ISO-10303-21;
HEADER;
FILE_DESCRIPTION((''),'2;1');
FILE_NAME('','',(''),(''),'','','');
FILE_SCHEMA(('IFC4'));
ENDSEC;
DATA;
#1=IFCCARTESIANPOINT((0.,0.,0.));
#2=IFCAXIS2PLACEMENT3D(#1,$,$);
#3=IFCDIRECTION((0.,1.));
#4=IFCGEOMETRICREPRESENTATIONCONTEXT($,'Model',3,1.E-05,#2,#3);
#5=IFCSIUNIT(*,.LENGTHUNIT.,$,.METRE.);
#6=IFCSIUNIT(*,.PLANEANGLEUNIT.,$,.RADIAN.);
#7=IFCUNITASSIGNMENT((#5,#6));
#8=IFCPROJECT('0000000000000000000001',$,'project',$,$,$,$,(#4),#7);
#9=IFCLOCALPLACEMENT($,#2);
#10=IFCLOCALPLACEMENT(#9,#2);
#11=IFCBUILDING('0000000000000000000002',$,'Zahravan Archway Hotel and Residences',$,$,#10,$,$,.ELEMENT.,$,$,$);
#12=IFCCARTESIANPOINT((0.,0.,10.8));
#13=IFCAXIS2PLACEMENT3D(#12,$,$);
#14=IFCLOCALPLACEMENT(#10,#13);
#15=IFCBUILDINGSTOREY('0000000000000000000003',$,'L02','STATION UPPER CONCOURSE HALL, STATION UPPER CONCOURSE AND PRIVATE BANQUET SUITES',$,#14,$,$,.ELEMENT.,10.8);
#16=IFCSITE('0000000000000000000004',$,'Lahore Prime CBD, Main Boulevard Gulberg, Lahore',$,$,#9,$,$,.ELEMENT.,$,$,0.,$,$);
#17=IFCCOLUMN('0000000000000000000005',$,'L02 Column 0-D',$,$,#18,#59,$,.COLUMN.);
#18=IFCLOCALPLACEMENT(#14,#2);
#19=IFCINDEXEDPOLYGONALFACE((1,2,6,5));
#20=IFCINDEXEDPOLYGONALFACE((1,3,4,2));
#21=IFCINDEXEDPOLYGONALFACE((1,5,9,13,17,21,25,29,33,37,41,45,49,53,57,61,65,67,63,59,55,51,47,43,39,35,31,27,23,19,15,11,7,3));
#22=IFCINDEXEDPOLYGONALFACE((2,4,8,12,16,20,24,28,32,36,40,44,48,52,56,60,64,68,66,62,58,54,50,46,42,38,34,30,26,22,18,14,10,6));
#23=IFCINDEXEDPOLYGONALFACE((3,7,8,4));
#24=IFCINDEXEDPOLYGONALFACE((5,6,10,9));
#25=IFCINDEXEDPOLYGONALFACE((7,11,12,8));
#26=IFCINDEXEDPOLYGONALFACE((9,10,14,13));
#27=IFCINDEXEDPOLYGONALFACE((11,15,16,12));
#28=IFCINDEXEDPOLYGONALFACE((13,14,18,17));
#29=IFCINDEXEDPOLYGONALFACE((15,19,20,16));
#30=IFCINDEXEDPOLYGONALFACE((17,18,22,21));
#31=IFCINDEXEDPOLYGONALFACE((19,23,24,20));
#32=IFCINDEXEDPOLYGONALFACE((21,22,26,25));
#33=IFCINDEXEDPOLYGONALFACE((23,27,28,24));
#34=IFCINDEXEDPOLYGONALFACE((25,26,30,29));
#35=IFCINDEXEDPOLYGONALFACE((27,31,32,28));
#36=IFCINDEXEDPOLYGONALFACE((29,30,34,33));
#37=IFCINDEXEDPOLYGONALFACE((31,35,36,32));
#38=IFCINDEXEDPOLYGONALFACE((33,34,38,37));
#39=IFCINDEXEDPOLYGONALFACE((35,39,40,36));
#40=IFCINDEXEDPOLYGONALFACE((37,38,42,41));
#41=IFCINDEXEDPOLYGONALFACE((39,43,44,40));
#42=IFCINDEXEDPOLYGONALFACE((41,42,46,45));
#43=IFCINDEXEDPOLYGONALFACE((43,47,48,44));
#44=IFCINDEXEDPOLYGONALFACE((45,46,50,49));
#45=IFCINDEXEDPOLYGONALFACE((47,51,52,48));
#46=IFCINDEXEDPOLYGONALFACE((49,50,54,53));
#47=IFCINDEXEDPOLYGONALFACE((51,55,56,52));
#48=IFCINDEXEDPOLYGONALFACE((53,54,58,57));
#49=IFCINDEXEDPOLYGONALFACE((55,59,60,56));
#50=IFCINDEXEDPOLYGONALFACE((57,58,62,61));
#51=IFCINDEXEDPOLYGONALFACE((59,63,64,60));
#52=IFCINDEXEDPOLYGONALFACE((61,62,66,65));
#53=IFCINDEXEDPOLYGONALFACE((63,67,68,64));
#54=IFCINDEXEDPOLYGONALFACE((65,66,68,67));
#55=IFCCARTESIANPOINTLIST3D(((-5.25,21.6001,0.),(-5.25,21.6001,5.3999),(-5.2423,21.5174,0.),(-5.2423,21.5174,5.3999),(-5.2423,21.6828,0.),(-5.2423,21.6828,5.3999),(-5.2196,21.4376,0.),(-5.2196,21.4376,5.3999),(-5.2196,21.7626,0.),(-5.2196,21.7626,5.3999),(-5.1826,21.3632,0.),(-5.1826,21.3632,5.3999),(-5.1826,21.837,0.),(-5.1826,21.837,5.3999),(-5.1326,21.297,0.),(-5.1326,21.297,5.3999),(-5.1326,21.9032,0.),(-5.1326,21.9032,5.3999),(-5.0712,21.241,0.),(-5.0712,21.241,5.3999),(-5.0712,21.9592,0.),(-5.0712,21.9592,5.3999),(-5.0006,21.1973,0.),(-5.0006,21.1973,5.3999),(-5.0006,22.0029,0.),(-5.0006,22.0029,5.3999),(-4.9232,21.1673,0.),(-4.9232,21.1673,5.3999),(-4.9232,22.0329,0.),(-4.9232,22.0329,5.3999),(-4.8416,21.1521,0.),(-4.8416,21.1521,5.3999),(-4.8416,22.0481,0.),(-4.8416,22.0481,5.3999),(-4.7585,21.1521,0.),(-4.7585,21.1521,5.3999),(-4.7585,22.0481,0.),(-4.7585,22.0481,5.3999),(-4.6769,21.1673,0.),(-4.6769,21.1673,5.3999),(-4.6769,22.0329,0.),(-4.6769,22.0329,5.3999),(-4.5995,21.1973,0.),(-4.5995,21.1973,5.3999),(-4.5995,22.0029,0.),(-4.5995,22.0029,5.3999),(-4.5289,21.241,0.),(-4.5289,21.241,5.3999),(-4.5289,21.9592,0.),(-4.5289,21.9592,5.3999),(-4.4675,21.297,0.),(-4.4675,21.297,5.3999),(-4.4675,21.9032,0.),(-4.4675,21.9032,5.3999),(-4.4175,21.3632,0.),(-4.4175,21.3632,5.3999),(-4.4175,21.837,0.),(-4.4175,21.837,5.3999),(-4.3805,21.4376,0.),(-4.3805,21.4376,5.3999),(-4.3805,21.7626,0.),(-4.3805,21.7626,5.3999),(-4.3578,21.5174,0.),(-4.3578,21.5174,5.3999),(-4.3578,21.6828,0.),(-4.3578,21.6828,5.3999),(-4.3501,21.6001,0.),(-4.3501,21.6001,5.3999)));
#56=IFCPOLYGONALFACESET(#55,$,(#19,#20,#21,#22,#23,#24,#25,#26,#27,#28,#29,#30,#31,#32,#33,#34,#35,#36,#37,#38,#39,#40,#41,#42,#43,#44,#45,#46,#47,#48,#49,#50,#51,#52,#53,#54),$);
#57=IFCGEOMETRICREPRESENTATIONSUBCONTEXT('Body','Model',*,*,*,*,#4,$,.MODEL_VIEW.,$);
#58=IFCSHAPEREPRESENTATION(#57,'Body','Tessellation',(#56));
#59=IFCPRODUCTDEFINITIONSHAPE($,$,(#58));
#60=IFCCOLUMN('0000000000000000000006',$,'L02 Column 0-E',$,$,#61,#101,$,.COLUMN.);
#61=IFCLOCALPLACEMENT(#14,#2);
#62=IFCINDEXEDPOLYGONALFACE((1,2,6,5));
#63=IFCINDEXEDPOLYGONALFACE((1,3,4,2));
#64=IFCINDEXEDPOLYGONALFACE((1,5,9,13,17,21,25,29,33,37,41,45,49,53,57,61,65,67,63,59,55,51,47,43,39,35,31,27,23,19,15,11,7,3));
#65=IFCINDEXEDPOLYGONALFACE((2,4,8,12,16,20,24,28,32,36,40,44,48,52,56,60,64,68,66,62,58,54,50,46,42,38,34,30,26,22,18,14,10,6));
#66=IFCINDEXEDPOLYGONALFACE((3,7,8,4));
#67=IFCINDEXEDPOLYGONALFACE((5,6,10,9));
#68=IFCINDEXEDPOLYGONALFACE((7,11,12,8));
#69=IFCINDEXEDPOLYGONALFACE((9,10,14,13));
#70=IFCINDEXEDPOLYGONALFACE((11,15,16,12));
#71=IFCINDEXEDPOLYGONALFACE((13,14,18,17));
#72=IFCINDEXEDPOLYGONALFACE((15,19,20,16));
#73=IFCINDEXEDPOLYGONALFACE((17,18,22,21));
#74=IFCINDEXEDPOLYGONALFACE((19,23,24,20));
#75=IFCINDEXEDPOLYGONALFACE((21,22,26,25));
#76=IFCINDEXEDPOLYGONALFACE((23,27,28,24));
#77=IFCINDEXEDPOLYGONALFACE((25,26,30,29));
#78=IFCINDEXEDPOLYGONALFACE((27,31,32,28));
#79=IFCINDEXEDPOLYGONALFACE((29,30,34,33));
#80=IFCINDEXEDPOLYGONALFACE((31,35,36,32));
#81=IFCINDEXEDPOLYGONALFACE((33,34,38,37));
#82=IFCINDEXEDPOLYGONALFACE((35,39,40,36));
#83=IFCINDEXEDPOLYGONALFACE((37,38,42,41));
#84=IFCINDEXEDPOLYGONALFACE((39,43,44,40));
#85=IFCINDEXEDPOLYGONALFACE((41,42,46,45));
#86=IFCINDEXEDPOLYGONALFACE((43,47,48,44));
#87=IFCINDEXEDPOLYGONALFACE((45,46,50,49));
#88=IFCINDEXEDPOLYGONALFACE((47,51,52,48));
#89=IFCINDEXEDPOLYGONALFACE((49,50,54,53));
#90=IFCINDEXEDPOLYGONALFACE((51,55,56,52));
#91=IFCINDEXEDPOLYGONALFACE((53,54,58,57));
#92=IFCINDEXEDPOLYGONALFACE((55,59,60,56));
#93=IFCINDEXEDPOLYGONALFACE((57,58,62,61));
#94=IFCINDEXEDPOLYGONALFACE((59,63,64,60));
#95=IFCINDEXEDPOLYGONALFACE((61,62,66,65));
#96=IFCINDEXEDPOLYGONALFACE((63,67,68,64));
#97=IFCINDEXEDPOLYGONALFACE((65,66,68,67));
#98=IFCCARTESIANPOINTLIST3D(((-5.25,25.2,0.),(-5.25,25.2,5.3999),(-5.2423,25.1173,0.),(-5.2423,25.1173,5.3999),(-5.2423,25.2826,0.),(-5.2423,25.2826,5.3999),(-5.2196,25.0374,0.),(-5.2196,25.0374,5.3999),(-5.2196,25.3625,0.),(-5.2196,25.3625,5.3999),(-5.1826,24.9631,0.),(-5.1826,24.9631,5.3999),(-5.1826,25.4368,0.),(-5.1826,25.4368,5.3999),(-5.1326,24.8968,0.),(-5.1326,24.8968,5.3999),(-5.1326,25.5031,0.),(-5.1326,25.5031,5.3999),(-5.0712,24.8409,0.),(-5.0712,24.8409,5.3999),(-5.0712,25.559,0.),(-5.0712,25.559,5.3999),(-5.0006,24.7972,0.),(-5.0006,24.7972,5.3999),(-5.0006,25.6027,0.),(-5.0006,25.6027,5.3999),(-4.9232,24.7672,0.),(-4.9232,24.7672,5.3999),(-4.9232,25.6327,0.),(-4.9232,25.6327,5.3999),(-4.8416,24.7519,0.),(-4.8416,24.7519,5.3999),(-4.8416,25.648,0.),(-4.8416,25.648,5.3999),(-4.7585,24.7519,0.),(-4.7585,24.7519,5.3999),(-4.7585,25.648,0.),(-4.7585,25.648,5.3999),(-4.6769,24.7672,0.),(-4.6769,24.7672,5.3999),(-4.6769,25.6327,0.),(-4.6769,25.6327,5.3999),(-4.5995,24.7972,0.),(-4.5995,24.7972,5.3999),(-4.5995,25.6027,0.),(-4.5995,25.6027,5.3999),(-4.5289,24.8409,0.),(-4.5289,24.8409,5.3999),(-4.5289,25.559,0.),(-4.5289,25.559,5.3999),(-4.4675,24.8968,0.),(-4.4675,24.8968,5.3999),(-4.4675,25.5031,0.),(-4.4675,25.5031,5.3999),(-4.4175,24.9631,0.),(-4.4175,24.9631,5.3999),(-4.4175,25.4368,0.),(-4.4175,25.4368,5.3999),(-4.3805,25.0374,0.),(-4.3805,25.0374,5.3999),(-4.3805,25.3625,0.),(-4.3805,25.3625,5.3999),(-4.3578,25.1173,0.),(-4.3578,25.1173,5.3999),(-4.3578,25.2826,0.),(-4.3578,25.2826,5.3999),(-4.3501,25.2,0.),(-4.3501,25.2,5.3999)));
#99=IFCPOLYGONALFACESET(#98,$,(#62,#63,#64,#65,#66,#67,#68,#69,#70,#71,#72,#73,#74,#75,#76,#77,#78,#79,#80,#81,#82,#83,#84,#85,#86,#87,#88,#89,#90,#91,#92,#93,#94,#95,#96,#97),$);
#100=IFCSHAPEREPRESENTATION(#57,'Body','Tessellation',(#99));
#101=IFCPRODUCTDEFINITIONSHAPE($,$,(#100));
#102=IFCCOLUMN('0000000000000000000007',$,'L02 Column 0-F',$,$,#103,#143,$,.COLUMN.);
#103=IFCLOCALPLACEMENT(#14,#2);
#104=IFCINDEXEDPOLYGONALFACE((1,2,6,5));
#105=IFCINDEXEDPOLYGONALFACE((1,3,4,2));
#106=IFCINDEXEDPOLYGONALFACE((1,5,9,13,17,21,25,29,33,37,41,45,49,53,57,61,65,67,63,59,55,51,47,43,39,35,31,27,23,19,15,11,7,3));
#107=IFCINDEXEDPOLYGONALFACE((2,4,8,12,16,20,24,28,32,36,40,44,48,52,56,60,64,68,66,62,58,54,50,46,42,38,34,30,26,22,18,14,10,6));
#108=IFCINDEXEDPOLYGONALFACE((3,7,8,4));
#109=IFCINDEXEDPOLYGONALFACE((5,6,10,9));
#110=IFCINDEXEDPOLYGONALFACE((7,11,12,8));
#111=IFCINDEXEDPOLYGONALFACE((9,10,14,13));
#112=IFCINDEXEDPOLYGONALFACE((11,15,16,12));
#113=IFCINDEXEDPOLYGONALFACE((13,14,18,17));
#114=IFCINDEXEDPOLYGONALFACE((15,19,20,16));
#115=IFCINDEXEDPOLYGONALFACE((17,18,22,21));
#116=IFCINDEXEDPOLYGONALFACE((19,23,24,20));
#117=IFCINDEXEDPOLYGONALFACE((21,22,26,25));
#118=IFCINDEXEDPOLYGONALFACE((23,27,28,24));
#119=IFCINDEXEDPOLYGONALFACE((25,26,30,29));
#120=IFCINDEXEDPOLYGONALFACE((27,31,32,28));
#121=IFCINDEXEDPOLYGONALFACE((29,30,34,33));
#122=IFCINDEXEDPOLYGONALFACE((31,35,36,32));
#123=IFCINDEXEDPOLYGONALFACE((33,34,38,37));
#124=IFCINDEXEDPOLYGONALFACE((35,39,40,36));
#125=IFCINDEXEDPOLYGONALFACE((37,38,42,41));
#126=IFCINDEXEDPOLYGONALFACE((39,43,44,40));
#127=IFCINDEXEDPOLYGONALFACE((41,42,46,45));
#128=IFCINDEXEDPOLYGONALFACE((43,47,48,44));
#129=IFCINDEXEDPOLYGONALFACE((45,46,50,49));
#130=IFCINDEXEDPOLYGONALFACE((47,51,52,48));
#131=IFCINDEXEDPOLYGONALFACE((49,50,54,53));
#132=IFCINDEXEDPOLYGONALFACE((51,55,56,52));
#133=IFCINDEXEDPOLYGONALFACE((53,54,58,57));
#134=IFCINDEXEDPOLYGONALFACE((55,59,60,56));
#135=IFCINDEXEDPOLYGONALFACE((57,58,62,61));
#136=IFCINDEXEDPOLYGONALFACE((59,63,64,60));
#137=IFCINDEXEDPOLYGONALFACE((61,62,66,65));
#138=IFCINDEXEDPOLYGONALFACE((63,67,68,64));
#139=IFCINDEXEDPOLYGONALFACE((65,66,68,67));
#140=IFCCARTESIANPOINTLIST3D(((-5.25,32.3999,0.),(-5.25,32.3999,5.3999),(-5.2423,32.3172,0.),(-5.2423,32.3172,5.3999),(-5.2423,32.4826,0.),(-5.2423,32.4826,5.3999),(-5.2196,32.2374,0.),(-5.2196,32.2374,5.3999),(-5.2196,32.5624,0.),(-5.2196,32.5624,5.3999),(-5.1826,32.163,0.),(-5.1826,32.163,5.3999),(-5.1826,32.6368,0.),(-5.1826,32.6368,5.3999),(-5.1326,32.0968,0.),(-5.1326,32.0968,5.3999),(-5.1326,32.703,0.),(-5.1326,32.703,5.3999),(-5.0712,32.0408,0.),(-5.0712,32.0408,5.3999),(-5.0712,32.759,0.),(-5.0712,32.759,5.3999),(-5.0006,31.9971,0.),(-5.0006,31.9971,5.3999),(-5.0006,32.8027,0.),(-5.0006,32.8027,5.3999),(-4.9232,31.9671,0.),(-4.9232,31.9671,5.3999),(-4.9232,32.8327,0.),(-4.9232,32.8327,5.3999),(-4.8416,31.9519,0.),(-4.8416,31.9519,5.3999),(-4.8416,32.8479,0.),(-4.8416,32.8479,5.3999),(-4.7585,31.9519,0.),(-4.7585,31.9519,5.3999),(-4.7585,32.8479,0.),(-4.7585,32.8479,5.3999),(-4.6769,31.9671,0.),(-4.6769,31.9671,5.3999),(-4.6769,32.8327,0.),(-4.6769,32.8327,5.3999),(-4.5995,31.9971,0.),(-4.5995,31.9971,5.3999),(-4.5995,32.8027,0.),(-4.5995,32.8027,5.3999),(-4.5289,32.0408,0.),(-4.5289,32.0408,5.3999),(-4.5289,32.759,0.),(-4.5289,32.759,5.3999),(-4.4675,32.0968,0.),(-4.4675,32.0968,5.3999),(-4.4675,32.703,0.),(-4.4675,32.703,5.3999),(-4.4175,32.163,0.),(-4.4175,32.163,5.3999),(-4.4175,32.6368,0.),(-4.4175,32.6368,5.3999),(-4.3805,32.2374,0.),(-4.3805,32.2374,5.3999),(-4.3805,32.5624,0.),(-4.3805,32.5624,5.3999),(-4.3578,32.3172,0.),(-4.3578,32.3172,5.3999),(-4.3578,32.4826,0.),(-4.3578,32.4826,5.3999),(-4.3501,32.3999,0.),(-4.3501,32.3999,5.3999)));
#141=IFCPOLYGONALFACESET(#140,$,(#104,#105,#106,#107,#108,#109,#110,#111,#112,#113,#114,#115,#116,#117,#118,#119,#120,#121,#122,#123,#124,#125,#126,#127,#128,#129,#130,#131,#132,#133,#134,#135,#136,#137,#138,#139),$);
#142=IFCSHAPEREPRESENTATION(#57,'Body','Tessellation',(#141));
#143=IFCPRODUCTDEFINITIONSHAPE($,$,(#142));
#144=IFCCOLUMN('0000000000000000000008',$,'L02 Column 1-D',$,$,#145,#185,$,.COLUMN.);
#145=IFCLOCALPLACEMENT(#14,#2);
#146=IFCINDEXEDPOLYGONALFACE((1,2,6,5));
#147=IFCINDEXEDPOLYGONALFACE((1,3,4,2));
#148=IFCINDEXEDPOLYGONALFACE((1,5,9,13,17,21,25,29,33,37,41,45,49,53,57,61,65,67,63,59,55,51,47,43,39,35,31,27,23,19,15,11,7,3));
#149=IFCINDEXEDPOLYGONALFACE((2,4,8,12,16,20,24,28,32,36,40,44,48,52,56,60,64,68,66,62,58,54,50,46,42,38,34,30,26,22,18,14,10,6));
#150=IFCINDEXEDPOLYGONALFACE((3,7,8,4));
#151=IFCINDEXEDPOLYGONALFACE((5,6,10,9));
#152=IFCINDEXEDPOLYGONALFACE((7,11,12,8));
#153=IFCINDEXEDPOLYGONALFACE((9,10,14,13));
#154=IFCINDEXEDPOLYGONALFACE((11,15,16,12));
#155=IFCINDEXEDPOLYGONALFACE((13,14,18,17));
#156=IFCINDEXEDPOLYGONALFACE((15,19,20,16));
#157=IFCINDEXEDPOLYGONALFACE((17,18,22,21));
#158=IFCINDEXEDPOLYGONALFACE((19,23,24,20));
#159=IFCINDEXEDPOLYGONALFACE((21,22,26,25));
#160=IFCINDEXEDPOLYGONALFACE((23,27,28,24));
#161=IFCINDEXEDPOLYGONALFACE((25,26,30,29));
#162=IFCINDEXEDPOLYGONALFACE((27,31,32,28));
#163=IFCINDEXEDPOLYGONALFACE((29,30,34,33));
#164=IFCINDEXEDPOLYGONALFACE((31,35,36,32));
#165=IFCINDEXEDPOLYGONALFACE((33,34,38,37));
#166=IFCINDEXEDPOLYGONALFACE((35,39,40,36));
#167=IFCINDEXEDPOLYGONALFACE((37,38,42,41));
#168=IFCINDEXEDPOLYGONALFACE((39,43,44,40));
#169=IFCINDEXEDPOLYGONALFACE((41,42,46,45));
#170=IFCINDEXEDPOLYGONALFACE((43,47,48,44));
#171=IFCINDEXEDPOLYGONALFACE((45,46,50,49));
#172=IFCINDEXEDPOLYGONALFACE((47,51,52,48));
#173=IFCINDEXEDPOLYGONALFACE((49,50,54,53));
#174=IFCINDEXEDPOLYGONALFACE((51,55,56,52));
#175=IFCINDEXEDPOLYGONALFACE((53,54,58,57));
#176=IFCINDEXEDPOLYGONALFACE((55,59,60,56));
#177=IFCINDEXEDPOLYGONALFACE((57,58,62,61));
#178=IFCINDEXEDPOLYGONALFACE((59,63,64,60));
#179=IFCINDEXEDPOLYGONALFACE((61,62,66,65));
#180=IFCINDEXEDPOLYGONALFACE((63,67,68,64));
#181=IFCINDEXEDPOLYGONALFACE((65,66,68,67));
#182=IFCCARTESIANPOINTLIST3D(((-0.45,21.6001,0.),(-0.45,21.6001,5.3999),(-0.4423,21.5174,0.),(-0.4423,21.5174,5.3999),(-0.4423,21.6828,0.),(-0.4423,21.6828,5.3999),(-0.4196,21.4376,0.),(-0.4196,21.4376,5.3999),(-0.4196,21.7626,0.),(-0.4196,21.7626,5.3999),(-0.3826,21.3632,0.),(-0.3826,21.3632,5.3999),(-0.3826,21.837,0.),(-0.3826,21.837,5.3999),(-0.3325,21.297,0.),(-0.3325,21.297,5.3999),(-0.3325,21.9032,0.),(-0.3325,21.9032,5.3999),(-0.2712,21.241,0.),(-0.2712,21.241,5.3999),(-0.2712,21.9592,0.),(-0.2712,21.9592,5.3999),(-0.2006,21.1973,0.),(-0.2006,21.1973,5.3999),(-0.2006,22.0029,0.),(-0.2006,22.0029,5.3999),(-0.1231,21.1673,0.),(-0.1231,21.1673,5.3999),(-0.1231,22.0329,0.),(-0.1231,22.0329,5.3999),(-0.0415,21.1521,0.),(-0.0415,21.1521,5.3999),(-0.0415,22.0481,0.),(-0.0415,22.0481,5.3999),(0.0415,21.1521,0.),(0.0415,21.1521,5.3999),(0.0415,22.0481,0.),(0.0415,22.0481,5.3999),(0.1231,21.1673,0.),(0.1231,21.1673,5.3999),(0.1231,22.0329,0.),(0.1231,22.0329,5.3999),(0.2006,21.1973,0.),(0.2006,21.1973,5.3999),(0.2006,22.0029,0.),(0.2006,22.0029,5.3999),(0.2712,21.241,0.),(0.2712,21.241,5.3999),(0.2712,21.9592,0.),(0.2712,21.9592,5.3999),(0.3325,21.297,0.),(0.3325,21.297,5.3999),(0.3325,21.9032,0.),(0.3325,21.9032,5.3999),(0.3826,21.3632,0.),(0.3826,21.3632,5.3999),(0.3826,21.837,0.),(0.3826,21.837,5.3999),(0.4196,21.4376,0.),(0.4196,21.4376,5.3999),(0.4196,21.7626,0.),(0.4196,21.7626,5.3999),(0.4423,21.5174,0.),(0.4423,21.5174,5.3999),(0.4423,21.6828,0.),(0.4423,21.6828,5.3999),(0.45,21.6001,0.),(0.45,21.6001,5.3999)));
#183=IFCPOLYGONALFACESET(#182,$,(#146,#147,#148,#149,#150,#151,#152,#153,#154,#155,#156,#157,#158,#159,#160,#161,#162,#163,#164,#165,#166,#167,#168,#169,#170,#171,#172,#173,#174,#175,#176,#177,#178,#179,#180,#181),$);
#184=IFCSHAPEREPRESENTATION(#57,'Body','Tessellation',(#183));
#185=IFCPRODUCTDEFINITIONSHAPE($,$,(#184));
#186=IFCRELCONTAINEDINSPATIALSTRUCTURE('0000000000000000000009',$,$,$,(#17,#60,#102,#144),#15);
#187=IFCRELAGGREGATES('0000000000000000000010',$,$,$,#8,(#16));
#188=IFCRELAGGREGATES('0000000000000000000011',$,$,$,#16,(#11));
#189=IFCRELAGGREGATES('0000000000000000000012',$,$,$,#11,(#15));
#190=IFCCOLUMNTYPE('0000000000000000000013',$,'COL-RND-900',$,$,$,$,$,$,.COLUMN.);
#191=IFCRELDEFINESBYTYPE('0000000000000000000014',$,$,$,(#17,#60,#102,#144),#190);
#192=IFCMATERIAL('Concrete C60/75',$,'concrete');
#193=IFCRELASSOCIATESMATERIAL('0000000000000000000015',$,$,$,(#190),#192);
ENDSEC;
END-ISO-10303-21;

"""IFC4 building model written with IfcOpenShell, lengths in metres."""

from ifc_helpers import new_model, si_unit, direction, frame, origin, origin_2d, place, context, subcontext, project, spatial, circle, extrude, source, transform, mapped, material, material_profile, profile_set, type_object, type_shapes, element, save


model = new_model("IFC4")

# Units and contexts
model_context = context("Model", 3, precision=1e-05, world=origin(), true_north=direction((0.0, 1.0)))
body_context = subcontext(model_context, "Body", "Model", "MODEL_VIEW")
ifc_project = project(units=[si_unit("LENGTHUNIT", "METRE"), si_unit("PLANEANGLEUNIT", "RADIAN")], contexts=[model_context])

# Site, building, storey
site_placement = place(None, origin())
site = spatial("IfcSite", under=ifc_project, at=site_placement, Name="Lahore Prime CBD, Main Boulevard Gulberg, Lahore", CompositionType="ELEMENT", RefElevation=0.0)
building_placement = place(site_placement, origin())
building = spatial("IfcBuilding", under=site, at=building_placement, Name="Zahravan Archway Hotel and Residences", CompositionType="ELEMENT")
storey_placement = place(building_placement, frame((0.0, 0.0, 10.8)))
storey = spatial("IfcBuildingStorey", under=building, at=storey_placement, Name="L02", Description="STATION UPPER CONCOURSE HALL, STATION UPPER CONCOURSE AND PRIVATE BANQUET SUITES", CompositionType="ELEMENT", Elevation=10.8)

# Columns
ifc_material_1 = material(Name="Concrete C60/75", Category="concrete")
ifc_material_profile_1 = material_profile(ifc_material_1, circle(Radius=0.45, at=origin_2d()), Name="RC-CIRC-900", Category="concrete")
ifc_profile_set_1 = profile_set([ifc_material_profile_1], Name="Concrete C60/75")
column_type = type_object("IfcColumnType", Name="COL-RND-900", PredefinedType="COLUMN", material=ifc_profile_set_1)
shared_shape_1 = source(origin(), body_context, "Body", "SweptSolid", [
    extrude(circle(Radius=0.45, at=origin_2d()), origin(), (0.0, 0.0, 1.0), 5.3999),
])
type_shapes(column_type, [shared_shape_1])
for number, where, z_axis, x_axis, name in (
    (1, (-4.8, 21.6001, 0.0), (0.0, 0.0, 1.0), (1.0, 0.0, 0.0), "L02 Column 0-D"),
    (2, (-4.8, 25.2, 0.0), (0.0, 0.0, 1.0), (1.0, 0.0, 0.0), "L02 Column 0-E"),
    (3, (-4.8, 32.3999, 0.0), (0.0, 0.0, 1.0), (1.0, 0.0, 0.0), "L02 Column 0-F"),
    (4, (0.0, 21.6001, 0.0), (0.0, 0.0, 1.0), (1.0, 0.0, 0.0), "L02 Column 1-D"),
):
    element("IfcColumn", number, at=place(storey_placement, frame(where, z_axis=z_axis, x_axis=x_axis)), inside=storey, type_object=column_type, Name=name, PredefinedType="COLUMN", context=body_context, shape_type="MappedRepresentation", body=[
        mapped(shared_shape_1, transform((0.0, 0.0, 0.0), scale=1.0)),
    ])

save(model, "model.ifc")
